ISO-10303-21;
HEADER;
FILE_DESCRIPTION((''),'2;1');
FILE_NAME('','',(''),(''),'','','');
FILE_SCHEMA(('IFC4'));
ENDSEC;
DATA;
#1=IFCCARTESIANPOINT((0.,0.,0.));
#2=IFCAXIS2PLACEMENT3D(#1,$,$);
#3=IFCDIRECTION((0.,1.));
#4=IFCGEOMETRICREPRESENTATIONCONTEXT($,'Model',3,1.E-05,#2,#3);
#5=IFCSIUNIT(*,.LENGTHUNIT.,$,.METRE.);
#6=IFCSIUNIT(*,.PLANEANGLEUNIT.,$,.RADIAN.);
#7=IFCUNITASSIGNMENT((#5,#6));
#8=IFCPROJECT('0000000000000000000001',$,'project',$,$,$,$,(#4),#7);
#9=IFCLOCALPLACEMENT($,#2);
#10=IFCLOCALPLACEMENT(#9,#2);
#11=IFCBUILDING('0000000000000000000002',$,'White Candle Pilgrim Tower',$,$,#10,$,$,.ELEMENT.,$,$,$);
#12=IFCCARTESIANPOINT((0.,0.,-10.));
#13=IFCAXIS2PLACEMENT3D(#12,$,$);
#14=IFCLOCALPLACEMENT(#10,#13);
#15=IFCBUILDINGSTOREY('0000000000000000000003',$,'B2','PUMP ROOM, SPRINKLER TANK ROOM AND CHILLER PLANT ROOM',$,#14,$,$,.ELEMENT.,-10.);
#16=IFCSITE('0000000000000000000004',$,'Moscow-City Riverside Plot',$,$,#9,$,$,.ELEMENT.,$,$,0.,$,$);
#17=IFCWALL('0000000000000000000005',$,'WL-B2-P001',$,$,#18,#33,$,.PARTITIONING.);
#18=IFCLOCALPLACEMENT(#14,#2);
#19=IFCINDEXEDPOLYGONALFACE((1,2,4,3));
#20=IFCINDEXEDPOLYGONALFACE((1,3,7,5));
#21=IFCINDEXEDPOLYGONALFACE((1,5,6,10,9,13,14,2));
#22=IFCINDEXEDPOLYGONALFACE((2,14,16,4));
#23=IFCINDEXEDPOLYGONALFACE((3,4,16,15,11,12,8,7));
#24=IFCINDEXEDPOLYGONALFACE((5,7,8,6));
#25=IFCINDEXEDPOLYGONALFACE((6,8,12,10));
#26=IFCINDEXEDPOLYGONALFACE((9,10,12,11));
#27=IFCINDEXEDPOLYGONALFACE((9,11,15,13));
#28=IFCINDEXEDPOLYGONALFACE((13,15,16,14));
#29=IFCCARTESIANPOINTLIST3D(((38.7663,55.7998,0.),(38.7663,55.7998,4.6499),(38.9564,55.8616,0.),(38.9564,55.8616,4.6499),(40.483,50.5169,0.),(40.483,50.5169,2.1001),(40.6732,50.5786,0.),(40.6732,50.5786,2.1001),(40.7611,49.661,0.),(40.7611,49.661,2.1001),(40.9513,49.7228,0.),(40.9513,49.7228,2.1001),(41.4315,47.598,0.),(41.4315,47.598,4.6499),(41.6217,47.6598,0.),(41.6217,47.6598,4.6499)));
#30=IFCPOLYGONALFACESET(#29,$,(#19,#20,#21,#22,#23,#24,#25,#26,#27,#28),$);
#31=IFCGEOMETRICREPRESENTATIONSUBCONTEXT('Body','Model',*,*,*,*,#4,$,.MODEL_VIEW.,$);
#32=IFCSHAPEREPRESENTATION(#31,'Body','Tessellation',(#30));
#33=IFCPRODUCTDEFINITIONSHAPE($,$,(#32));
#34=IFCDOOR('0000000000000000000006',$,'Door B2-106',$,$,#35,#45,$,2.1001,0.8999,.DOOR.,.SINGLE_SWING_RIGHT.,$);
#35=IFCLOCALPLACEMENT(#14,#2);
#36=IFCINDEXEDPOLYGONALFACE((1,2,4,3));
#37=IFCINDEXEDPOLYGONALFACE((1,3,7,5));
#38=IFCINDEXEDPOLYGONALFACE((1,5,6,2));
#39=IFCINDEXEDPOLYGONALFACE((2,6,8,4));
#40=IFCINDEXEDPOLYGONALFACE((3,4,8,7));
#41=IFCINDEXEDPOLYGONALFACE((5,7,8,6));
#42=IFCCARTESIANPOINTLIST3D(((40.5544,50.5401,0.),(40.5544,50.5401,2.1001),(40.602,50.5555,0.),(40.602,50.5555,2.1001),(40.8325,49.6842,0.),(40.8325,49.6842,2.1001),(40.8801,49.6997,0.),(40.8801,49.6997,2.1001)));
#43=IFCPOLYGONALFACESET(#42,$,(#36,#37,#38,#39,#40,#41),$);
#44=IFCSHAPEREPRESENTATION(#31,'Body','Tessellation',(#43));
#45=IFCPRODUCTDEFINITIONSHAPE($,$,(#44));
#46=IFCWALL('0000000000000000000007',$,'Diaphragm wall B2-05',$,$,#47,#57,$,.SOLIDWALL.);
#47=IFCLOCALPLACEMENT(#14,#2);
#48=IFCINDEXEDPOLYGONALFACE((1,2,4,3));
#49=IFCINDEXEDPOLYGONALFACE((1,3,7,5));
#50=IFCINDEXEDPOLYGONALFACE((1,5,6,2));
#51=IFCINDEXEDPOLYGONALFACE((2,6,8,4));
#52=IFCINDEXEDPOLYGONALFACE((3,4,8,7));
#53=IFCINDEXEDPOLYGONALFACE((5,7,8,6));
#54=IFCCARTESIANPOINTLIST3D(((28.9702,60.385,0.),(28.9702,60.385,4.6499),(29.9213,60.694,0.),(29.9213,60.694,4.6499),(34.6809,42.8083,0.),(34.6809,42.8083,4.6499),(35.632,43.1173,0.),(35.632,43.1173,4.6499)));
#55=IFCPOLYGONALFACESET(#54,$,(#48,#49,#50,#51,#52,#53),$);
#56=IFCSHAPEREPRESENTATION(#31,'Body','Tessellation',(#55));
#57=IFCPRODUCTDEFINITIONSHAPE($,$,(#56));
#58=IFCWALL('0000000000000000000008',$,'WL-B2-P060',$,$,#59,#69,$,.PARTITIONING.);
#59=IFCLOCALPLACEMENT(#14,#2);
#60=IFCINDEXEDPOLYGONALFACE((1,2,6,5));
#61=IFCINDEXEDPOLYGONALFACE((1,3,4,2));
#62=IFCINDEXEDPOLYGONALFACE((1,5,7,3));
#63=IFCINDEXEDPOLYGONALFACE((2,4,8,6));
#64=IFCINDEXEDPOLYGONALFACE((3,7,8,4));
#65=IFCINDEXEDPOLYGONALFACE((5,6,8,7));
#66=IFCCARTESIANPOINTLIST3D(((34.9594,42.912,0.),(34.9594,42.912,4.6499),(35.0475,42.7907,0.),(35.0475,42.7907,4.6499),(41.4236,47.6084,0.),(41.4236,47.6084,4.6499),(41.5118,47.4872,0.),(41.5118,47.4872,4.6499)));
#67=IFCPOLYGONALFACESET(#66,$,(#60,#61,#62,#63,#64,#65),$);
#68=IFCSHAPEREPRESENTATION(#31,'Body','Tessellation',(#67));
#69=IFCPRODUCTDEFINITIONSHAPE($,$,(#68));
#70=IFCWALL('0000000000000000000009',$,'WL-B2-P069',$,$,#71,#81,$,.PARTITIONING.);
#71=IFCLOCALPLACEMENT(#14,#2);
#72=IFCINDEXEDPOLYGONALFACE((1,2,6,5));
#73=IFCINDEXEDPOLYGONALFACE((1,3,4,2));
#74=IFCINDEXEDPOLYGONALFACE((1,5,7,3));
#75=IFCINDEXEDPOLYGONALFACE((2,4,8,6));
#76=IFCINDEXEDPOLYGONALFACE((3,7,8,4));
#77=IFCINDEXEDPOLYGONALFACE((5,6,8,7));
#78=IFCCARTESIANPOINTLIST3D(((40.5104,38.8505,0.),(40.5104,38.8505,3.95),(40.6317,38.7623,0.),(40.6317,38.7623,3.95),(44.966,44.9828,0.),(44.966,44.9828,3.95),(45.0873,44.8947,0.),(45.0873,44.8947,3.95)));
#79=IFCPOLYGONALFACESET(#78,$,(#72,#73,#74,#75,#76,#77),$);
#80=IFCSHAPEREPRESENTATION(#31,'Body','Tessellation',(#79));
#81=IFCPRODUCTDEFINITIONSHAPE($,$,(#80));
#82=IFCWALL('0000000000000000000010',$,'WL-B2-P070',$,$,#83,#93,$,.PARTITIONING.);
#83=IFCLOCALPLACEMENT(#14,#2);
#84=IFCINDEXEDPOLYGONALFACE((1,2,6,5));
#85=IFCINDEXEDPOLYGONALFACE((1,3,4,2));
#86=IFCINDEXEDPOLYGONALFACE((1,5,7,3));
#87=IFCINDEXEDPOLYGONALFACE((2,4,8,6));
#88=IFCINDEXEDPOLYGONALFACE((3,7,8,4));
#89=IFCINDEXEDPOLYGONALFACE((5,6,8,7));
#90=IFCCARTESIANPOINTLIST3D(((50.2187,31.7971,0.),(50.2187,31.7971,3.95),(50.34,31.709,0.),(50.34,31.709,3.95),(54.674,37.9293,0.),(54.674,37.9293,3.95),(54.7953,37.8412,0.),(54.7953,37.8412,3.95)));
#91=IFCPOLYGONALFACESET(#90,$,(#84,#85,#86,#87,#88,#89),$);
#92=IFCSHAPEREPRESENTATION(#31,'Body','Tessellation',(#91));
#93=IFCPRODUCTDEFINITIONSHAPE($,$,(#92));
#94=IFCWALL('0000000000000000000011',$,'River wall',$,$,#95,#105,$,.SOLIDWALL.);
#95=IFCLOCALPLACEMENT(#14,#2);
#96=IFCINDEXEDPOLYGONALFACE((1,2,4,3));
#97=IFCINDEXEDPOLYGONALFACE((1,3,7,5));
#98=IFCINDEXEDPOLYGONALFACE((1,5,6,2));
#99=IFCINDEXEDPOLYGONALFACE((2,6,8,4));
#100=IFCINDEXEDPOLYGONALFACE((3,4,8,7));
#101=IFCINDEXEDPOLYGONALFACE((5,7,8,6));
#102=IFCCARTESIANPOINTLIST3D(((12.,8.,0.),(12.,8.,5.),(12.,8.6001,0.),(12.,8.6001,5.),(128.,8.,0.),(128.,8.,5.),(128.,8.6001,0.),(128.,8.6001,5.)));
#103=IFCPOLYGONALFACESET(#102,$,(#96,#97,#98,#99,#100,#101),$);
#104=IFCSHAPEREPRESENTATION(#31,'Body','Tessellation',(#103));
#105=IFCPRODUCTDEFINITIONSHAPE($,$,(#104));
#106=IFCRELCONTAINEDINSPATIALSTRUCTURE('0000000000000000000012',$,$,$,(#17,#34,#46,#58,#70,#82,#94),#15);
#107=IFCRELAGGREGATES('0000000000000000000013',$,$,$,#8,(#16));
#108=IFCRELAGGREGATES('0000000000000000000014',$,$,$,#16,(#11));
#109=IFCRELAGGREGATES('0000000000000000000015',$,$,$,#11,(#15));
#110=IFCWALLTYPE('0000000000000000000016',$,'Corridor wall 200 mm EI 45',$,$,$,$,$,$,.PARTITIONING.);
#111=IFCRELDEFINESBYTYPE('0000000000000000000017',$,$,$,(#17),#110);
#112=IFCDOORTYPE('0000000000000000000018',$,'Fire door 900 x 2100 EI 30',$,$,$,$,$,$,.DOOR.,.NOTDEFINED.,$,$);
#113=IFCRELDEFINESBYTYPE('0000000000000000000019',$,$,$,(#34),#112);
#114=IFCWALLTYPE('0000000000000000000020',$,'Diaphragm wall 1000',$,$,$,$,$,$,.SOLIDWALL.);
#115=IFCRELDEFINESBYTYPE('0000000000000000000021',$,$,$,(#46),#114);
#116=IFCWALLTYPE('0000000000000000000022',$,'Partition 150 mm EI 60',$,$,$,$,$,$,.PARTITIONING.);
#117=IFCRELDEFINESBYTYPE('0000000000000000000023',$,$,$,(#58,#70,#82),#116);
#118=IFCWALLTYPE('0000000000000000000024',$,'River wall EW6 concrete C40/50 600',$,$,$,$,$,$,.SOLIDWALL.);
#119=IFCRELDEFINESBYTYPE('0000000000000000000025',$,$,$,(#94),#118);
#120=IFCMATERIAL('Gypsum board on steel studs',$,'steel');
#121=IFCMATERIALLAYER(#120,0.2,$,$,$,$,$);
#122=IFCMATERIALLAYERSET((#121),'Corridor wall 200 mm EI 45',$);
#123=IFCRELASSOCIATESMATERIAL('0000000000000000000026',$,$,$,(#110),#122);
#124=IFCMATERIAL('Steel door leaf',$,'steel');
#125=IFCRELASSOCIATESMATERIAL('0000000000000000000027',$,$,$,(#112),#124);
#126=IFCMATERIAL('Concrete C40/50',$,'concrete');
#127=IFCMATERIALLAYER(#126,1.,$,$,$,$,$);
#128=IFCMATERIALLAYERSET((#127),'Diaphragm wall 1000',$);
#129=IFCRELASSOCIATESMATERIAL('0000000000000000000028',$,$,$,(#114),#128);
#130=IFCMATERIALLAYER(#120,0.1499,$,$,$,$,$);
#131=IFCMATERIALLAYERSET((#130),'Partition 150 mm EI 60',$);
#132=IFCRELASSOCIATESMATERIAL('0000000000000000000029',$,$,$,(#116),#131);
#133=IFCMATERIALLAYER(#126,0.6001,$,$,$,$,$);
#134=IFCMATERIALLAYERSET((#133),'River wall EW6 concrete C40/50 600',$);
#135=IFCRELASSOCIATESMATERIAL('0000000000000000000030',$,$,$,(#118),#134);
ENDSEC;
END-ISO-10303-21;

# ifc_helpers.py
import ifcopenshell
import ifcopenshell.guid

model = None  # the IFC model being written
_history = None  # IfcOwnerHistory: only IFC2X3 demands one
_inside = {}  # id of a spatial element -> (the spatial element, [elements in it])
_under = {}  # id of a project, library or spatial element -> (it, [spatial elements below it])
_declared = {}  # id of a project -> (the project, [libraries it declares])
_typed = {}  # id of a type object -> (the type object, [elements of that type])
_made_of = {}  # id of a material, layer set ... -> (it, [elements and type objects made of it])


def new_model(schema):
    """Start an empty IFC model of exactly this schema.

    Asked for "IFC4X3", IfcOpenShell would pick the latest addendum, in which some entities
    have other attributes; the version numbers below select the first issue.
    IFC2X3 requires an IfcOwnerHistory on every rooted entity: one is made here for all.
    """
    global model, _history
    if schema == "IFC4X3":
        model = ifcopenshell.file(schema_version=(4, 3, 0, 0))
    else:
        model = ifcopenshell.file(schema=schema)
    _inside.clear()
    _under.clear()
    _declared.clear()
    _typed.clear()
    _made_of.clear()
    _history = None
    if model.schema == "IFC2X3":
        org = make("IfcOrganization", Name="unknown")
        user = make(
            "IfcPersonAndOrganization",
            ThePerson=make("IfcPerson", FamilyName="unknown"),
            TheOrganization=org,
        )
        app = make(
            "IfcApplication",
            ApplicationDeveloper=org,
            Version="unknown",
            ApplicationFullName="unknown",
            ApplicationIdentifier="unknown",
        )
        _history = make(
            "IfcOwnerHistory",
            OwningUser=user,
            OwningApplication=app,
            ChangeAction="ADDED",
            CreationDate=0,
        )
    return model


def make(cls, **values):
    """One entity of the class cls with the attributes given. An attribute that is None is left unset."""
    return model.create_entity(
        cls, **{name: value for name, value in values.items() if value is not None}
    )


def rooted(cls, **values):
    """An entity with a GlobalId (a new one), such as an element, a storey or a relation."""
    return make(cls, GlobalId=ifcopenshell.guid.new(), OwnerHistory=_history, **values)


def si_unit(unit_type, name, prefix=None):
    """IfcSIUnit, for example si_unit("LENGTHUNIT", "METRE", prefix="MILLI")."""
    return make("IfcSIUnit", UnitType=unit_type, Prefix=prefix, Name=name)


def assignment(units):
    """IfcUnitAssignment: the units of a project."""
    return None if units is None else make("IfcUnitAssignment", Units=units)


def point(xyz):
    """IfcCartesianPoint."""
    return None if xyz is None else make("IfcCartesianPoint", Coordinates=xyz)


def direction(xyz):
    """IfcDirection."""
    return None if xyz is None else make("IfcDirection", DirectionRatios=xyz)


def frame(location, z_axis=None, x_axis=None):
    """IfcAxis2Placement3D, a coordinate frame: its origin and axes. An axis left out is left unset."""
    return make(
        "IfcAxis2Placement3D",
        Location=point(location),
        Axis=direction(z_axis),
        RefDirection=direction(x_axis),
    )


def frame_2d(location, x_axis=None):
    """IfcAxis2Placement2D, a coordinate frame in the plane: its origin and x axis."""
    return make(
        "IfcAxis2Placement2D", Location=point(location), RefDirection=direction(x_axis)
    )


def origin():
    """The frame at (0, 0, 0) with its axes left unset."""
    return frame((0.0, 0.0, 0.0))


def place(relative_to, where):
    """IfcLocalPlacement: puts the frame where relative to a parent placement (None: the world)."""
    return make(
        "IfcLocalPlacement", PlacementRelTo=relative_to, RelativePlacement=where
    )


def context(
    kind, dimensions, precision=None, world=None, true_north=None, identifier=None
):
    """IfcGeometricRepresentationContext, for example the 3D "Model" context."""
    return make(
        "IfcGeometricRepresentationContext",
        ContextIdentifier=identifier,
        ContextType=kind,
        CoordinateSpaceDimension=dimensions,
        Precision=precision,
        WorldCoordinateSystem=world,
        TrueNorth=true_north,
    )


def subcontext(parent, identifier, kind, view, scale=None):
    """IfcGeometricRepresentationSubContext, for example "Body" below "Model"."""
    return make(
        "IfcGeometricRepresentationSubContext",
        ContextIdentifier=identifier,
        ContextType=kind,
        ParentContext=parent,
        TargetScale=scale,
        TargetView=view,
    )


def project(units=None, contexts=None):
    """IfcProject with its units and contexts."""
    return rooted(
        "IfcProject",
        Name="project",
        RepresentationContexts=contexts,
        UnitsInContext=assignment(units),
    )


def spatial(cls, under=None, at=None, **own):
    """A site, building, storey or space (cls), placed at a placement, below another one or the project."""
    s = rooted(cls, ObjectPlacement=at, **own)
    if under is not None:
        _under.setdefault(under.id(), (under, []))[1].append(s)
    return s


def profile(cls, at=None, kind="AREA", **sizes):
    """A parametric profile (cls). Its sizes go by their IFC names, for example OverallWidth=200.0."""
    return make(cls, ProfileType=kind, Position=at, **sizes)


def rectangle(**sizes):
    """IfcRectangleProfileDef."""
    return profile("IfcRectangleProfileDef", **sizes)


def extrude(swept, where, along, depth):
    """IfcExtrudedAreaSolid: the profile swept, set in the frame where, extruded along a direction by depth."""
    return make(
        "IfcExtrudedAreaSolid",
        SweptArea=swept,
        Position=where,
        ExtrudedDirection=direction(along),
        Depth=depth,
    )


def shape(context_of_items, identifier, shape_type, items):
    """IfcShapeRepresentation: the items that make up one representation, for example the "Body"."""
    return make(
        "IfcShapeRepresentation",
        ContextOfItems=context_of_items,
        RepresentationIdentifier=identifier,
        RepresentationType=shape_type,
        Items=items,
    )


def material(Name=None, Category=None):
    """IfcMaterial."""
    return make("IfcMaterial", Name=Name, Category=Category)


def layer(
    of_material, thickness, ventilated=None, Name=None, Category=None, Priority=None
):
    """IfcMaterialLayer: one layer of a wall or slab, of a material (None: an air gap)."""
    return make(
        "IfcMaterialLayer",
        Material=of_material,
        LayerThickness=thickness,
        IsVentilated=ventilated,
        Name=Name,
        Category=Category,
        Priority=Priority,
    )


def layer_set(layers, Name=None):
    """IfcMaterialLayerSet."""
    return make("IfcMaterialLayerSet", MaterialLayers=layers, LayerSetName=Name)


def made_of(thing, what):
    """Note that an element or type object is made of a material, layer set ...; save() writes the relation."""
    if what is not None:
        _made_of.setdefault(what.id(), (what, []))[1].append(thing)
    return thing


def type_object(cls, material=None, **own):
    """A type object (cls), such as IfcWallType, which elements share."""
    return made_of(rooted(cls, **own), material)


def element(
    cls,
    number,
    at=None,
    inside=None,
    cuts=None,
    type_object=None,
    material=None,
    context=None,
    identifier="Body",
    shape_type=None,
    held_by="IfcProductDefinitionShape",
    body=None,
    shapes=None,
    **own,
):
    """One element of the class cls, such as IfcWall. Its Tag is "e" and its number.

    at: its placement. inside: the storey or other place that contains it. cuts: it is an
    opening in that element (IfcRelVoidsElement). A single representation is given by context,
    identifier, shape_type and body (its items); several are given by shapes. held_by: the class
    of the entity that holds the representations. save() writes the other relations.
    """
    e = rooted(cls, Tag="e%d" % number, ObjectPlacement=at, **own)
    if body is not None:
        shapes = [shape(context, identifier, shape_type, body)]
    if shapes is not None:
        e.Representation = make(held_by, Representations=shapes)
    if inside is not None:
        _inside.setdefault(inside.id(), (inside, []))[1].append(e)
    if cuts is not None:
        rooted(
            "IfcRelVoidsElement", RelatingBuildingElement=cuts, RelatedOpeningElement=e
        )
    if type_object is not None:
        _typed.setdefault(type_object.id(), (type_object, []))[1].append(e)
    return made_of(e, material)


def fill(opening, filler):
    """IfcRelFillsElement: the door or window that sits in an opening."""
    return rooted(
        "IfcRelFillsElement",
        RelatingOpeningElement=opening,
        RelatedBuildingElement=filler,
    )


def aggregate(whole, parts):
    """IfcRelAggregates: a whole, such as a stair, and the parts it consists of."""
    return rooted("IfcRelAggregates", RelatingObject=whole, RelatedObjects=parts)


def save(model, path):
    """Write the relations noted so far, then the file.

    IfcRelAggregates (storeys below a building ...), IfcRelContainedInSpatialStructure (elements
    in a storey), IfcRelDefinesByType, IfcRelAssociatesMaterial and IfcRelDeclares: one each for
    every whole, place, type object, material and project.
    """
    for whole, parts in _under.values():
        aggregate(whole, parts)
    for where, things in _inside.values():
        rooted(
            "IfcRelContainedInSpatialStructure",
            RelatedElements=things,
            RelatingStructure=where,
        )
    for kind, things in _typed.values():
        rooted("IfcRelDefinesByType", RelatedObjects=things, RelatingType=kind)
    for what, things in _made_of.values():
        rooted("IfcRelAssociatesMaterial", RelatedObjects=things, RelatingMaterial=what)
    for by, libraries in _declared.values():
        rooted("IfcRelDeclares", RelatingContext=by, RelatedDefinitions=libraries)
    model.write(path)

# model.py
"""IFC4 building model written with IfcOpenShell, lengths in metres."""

from ifc_helpers import new_model, si_unit, direction, frame, frame_2d, origin, place, context, subcontext, project, spatial, rectangle, extrude, material, layer, layer_set, type_object, element, fill, save


model = new_model("IFC4")

# Units and contexts
model_context = context("Model", 3, precision=1e-05, world=origin(), true_north=direction((0.0, 1.0)))
body_context = subcontext(model_context, "Body", "Model", "MODEL_VIEW")
ifc_project = project(units=[si_unit("LENGTHUNIT", "METRE"), si_unit("PLANEANGLEUNIT", "RADIAN")], contexts=[model_context])

# Site, building, storey
site_placement = place(None, origin())
site = spatial("IfcSite", under=ifc_project, at=site_placement, Name="Moscow-City Riverside Plot", CompositionType="ELEMENT", RefElevation=0.0)
building_placement = place(site_placement, origin())
building = spatial("IfcBuilding", under=site, at=building_placement, Name="White Candle Pilgrim Tower", CompositionType="ELEMENT")
storey_placement = place(building_placement, frame((0.0, 0.0, -10.0)))
storey = spatial("IfcBuildingStorey", under=building, at=storey_placement, Name="B2", Description="PUMP ROOM, SPRINKLER TANK ROOM AND CHILLER PLANT ROOM", CompositionType="ELEMENT", Elevation=-10.0)

# Shared definitions
ifc_material_1 = material(Name="Concrete C40/50", Category="concrete")

# Wall, opening, door
ifc_material_2 = material(Name="Gypsum board on steel studs", Category="steel")
ifc_layer_1 = layer(ifc_material_2, 0.2)
ifc_layer_set_1 = layer_set([ifc_layer_1], Name="Corridor wall 200 mm EI 45")
wall_type_1 = type_object("IfcWallType", Name="Corridor wall 200 mm EI 45", PredefinedType="PARTITIONING", material=ifc_layer_set_1)
wall_1_placement = place(storey_placement, frame((41.5266, 47.6289, 0.0), z_axis=(0.0, 0.0, 1.0), x_axis=(-0.309051, 0.951046, 0.0)))
wall_1 = element("IfcWall", 1, at=wall_1_placement, inside=storey, type_object=wall_type_1, Name="WL-B2-P001", PredefinedType="PARTITIONING", context=body_context, shape_type="SweptSolid", body=[
    extrude(rectangle(XDim=8.624, YDim=0.2, at=frame_2d((4.312, 0.0))), origin(), (0.0, 0.0, 1.0), 4.6499),
])
opening_placement = place(wall_1_placement, frame((2.1692, 0.0, 0.0)))
opening = element("IfcOpeningElement", 2, at=opening_placement, cuts=wall_1, PredefinedType="OPENING", context=body_context, shape_type="SweptSolid", body=[
    extrude(rectangle(XDim=0.8999, YDim=2.1001, at=frame_2d((0.45, 1.05))), frame((0.0, 0.1099, 0.0), z_axis=(0.0, -1.0, 0.0), x_axis=(1.0, 0.0, 0.0)), (0.0, 0.0, 1.0), 0.22),
])
ifc_material_3 = material(Name="Steel door leaf", Category="steel")
door_type = type_object("IfcDoorType", Name="Fire door 900 x 2100 EI 30", OperationType="NOTDEFINED", PredefinedType="DOOR", material=ifc_material_3)
door_placement = place(opening_placement, origin())
door = element("IfcDoor", 3, at=door_placement, inside=storey, type_object=door_type, Name="Door B2-106", OperationType="SINGLE_SWING_RIGHT", OverallHeight=2.1001, OverallWidth=0.8999, PredefinedType="DOOR", context=body_context, shape_type="SweptSolid", body=[
    extrude(rectangle(XDim=0.8999, YDim=2.1001, at=frame_2d((0.45, 1.05))), frame((0.0, 0.0249, 0.0), z_axis=(0.0, -1.0, 0.0), x_axis=(1.0, 0.0, 0.0)), (0.0, 0.0, 1.0), 0.05),
])
fill(opening, door)

# Walls
ifc_layer_2 = layer(ifc_material_1, 1.0)
ifc_layer_set_2 = layer_set([ifc_layer_2], Name="Diaphragm wall 1000")
wall_type_2 = type_object("IfcWallType", Name="Diaphragm wall 1000", PredefinedType="SOLIDWALL", material=ifc_layer_set_2)
wall_2_placement = place(storey_placement, frame((35.1565, 42.9626, 0.0), z_axis=(0.0, 0.0, 1.0), x_axis=(-0.309002, 0.951061, 0.0)))
element("IfcWall", 4, at=wall_2_placement, inside=storey, type_object=wall_type_2, Name="Diaphragm wall B2-05", PredefinedType="SOLIDWALL", context=body_context, shape_type="SweptSolid", body=[
    extrude(rectangle(XDim=18.4812, YDim=1.0, at=frame_2d((9.2407, 0.0))), origin(), (0.0, 0.0, 1.0), 4.6499),
])
ifc_layer_3 = layer(ifc_material_2, 0.1499)
ifc_layer_set_3 = layer_set([ifc_layer_3], Name="Partition 150 mm EI 60")
wall_type_3 = type_object("IfcWallType", Name="Partition 150 mm EI 60", PredefinedType="PARTITIONING", material=ifc_layer_set_3)
wall_3_placement = place(storey_placement, frame((35.0034, 42.8513, 0.0), z_axis=(0.0, 0.0, 1.0), x_axis=(0.809023, 0.587777, 0.0)))
element("IfcWall", 5, at=wall_3_placement, inside=storey, type_object=wall_type_3, Name="WL-B2-P060", PredefinedType="PARTITIONING", context=body_context, shape_type="SweptSolid", body=[
    extrude(rectangle(XDim=7.9902, YDim=0.1499, at=frame_2d((3.9951, 0.0))), origin(), (0.0, 0.0, 1.0), 4.6499),
])
wall_4_placement = place(storey_placement, frame((40.571, 38.8064, 0.0), z_axis=(0.0, 0.0, 1.0), x_axis=(0.5878, 0.809006, 0.0)))
element("IfcWall", 6, at=wall_4_placement, inside=storey, type_object=wall_type_3, Name="WL-B2-P069", PredefinedType="PARTITIONING", context=body_context, shape_type="SweptSolid", body=[
    extrude(rectangle(XDim=7.5801, YDim=0.1499, at=frame_2d((3.79, 0.0))), origin(), (0.0, 0.0, 1.0), 3.95),
])
wall_5_placement = place(storey_placement, frame((50.2793, 31.7529, 0.0), z_axis=(0.0, 0.0, 1.0), x_axis=(0.587779, 0.809022, 0.0)))
element("IfcWall", 7, at=wall_5_placement, inside=storey, type_object=wall_type_3, Name="WL-B2-P070", PredefinedType="PARTITIONING", context=body_context, shape_type="SweptSolid", body=[
    extrude(rectangle(XDim=7.5798, YDim=0.1499, at=frame_2d((3.79, 0.0))), origin(), (0.0, 0.0, 1.0), 3.95),
])
ifc_layer_4 = layer(ifc_material_1, 0.6001)
ifc_layer_set_4 = layer_set([ifc_layer_4], Name="River wall EW6 concrete C40/50 600")
wall_type_4 = type_object("IfcWallType", Name="River wall EW6 concrete C40/50 600", PredefinedType="SOLIDWALL", material=ifc_layer_set_4)
wall_6_placement = place(storey_placement, frame((12.0, 8.3, 0.0), z_axis=(0.0, 0.0, 1.0), x_axis=(1.0, 0.0, 0.0)))
element("IfcWall", 8, at=wall_6_placement, inside=storey, type_object=wall_type_4, Name="River wall", PredefinedType="SOLIDWALL", context=body_context, shape_type="SweptSolid", body=[
    extrude(rectangle(XDim=116.0, YDim=0.6001, at=frame_2d((58.0, 0.0))), origin(), (0.0, 0.0, 1.0), 5.0),
])

save(model, "model.ifc")
